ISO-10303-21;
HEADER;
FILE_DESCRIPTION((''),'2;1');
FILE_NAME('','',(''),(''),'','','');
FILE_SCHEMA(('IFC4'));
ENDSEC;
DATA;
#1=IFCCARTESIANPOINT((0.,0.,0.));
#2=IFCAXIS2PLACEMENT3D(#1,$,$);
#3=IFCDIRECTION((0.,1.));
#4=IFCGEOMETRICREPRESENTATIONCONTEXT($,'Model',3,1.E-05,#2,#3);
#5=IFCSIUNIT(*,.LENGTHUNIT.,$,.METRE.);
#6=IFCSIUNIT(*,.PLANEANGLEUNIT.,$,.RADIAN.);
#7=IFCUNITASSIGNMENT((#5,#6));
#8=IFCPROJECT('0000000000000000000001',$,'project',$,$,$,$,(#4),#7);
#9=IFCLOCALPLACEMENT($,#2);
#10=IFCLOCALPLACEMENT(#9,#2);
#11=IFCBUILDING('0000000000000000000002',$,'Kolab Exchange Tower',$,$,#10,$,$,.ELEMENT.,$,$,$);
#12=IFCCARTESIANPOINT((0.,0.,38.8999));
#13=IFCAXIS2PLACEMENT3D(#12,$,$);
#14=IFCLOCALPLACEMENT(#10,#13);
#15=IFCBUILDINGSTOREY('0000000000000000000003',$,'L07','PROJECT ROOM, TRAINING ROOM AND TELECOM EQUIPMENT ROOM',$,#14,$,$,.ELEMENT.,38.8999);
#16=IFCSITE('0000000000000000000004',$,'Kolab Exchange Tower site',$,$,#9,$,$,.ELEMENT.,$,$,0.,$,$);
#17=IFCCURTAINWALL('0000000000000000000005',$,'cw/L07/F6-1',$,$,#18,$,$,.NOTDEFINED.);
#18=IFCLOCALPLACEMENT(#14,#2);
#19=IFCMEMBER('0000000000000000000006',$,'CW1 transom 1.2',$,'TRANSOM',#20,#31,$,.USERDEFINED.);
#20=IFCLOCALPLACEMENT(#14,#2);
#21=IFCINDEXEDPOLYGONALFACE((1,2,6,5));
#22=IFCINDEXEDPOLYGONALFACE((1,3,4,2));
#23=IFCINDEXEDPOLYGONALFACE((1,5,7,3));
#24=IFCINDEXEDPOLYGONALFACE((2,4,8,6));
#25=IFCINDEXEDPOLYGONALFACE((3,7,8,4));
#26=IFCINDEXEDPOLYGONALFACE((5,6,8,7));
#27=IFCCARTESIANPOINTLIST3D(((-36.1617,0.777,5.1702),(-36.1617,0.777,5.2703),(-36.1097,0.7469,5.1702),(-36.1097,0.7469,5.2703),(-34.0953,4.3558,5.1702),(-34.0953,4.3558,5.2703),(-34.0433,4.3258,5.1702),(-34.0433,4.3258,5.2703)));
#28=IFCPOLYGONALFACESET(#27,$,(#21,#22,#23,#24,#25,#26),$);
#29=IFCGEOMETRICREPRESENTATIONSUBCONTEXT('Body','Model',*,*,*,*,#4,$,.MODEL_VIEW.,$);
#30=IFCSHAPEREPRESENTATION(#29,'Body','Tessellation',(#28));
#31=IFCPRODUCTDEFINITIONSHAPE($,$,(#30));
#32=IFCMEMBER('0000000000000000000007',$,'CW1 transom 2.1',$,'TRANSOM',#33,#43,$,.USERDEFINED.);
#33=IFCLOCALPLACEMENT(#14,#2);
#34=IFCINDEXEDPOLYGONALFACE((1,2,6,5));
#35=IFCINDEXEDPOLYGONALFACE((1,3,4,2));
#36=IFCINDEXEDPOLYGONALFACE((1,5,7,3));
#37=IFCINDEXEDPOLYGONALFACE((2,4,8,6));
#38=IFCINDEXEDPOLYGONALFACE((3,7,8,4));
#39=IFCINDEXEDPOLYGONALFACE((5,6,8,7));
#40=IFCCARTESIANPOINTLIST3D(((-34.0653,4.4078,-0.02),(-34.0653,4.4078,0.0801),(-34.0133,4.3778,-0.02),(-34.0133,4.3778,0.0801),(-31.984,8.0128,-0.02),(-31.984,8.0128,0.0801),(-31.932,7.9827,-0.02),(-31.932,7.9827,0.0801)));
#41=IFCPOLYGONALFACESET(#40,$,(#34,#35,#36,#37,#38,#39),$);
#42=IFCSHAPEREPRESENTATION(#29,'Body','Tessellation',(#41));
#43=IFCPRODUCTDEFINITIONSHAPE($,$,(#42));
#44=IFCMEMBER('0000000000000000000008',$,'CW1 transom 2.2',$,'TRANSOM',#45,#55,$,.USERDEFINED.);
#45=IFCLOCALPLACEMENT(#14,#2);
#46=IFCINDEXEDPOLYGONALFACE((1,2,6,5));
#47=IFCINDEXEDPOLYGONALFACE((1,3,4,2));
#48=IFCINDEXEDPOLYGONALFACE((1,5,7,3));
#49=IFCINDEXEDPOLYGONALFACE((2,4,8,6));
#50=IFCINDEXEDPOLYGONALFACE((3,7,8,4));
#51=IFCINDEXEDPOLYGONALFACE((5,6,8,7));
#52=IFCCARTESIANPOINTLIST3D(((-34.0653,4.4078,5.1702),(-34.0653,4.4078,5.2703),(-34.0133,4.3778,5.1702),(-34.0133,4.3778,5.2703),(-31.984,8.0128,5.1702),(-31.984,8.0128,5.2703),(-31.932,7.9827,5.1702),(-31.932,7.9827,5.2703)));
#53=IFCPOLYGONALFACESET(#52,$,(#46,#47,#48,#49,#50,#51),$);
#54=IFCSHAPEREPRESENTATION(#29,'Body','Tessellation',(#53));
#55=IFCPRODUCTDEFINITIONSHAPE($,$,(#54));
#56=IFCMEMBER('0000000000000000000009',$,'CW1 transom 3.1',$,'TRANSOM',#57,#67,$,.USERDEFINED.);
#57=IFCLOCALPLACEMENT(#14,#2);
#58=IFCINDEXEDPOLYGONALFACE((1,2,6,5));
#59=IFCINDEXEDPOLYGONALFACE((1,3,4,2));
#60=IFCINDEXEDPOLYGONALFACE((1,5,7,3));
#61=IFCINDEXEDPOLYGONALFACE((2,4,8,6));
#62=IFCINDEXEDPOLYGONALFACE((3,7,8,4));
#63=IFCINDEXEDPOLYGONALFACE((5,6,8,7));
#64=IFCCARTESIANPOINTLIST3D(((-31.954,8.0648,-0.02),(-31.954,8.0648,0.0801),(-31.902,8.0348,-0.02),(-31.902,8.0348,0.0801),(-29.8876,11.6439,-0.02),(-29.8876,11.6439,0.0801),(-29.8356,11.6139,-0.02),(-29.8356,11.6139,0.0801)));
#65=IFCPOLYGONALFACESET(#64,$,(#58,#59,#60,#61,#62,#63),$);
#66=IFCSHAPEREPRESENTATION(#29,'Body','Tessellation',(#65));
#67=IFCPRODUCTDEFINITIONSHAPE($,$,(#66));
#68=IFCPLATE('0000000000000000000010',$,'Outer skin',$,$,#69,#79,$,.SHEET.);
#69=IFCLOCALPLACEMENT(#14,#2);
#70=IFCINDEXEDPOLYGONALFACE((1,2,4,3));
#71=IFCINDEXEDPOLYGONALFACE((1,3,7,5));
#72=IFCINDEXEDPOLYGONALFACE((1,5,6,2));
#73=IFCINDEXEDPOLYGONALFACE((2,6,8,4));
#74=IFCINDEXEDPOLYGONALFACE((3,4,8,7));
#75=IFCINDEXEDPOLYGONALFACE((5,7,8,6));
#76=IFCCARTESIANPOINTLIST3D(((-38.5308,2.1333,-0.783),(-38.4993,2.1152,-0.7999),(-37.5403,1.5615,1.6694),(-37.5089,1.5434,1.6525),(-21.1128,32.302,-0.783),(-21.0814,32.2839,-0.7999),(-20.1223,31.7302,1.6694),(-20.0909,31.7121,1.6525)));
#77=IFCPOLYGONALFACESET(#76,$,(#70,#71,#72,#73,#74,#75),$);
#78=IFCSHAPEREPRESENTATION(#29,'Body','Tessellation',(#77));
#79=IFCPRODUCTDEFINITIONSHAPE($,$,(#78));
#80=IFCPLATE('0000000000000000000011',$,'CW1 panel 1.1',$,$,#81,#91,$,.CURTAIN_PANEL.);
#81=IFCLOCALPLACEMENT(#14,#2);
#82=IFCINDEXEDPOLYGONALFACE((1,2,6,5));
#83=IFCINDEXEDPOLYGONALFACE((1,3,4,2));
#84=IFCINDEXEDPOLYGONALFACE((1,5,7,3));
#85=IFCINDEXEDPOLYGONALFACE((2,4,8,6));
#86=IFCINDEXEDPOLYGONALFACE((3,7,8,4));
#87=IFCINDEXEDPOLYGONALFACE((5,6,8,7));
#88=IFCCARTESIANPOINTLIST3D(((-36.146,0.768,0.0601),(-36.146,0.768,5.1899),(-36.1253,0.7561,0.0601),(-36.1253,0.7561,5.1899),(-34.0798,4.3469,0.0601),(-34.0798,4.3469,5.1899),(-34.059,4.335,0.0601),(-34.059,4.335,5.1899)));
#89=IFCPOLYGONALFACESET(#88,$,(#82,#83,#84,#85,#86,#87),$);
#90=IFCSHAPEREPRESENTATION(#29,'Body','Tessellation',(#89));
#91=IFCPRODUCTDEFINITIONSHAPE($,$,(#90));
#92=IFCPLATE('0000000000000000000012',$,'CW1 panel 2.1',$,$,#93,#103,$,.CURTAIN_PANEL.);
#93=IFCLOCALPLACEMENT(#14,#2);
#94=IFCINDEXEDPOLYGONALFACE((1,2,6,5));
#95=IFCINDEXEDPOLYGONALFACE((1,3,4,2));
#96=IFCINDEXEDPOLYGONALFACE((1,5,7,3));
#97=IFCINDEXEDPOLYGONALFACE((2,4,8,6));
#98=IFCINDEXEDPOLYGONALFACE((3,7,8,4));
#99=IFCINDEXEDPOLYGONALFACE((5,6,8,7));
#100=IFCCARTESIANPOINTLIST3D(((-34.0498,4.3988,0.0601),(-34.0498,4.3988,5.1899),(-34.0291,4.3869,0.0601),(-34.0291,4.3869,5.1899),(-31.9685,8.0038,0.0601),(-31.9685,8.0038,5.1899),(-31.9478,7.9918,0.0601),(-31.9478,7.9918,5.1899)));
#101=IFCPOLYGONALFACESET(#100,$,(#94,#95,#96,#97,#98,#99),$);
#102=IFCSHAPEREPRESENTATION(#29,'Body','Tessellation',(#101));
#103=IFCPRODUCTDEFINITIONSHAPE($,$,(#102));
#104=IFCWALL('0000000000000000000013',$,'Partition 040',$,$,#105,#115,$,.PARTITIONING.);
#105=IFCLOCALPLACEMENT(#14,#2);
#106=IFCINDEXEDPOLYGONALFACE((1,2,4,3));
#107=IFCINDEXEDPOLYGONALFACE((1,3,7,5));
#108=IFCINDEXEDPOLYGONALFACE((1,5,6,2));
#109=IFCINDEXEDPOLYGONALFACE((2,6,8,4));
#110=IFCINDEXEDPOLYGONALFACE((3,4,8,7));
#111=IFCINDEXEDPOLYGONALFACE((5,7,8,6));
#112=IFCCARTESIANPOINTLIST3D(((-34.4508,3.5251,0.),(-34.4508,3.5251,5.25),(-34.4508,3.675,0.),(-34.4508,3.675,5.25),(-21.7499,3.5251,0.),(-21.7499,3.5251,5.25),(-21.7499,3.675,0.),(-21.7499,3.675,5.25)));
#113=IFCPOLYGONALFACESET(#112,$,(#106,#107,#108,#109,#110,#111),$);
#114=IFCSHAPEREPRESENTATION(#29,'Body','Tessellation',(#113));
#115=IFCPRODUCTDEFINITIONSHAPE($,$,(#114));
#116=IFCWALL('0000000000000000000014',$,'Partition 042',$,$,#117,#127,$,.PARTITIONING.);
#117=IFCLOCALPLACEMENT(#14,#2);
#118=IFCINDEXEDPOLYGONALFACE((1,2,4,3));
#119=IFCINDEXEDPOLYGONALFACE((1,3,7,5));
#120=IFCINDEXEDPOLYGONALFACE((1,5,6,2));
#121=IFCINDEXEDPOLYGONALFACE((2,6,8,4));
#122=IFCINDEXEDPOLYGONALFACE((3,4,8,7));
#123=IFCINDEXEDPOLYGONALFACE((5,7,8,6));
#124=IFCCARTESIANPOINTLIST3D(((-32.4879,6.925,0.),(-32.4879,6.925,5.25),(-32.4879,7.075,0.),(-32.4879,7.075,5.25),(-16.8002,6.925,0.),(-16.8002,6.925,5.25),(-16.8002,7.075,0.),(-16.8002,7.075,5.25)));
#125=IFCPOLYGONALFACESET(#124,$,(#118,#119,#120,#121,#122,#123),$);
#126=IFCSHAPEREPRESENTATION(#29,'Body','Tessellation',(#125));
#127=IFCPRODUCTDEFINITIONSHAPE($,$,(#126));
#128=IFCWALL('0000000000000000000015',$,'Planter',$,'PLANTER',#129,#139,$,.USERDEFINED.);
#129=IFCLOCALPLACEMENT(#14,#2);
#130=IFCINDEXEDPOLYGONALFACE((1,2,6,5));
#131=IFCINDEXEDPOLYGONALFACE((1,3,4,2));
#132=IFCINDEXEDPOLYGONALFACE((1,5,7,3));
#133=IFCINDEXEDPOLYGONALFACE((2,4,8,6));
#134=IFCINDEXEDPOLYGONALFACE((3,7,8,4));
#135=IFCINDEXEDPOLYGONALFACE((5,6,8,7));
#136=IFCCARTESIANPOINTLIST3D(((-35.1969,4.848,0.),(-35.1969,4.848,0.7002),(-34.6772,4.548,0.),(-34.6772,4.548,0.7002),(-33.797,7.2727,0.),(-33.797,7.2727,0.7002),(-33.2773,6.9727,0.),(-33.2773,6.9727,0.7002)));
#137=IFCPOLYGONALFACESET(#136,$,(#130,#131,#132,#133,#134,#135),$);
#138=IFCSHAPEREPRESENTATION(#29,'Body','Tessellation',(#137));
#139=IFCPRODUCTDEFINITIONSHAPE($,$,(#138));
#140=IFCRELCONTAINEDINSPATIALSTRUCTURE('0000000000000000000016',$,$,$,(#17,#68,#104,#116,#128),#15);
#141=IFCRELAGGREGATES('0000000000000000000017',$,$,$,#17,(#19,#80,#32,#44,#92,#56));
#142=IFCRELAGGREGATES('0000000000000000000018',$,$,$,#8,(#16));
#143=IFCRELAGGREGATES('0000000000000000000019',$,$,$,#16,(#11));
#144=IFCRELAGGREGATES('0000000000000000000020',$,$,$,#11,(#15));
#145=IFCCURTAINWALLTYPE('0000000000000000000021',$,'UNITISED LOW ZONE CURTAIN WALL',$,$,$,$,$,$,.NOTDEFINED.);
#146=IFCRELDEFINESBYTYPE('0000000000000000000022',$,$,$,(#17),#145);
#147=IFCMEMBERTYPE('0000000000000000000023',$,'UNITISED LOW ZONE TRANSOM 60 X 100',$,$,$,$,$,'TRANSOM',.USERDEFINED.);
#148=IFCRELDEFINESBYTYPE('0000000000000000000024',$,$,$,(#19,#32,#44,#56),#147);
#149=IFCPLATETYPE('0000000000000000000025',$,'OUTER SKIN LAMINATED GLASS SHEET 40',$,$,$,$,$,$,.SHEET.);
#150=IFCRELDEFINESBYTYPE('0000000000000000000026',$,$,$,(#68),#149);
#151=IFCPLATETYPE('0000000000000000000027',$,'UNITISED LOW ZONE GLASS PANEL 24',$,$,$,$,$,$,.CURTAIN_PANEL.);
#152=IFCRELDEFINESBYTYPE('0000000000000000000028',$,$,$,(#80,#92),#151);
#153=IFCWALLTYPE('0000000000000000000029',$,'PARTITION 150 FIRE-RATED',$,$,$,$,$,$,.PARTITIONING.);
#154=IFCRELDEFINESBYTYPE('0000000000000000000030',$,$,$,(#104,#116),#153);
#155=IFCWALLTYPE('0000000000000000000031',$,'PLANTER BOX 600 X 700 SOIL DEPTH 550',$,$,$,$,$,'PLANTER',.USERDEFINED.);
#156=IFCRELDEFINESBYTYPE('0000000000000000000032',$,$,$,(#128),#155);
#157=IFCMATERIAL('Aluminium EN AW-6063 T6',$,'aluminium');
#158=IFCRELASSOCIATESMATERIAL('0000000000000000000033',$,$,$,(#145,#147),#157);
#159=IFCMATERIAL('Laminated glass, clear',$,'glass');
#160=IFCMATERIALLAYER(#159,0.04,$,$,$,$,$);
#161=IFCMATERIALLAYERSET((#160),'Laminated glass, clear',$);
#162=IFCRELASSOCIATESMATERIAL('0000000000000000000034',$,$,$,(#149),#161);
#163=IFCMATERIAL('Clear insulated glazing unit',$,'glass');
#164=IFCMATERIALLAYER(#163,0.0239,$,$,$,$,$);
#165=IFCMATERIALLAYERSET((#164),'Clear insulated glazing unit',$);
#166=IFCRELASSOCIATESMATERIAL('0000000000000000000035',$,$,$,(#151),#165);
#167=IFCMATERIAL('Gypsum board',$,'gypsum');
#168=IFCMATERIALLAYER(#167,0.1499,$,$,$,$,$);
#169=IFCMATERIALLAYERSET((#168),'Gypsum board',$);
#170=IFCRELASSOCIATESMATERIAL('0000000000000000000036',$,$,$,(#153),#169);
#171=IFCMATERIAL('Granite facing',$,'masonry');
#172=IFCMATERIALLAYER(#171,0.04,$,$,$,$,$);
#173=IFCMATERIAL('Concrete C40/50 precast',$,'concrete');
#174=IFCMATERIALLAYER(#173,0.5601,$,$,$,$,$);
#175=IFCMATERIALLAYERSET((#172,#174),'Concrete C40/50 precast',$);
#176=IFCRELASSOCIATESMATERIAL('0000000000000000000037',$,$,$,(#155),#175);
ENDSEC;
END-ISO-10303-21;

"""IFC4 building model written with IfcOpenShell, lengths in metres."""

from ifc_helpers import new_model, si_unit, direction, frame, frame_2d, origin, origin_2d, place, context, subcontext, project, spatial, polyline, rectangle, outline, extrude, material, layer, layer_set, material_profile, profile_set, type_object, element, aggregate, save


model = new_model("IFC4")

# Units and contexts
model_context = context("Model", 3, precision=1e-05, world=origin(), true_north=direction((0.0, 1.0)))
body_context = subcontext(model_context, "Body", "Model", "MODEL_VIEW")
ifc_project = project(units=[si_unit("LENGTHUNIT", "METRE"), si_unit("PLANEANGLEUNIT", "RADIAN")], contexts=[model_context])

# Site, building, storey
site_placement = place(None, origin())
site = spatial("IfcSite", under=ifc_project, at=site_placement, Name="Kolab Exchange Tower site", CompositionType="ELEMENT", RefElevation=0.0)
building_placement = place(site_placement, origin())
building = spatial("IfcBuilding", under=site, at=building_placement, Name="Kolab Exchange Tower", CompositionType="ELEMENT")
storey_placement = place(building_placement, frame((0.0, 0.0, 38.8999)))
storey = spatial("IfcBuildingStorey", under=building, at=storey_placement, Name="L07", Description="PROJECT ROOM, TRAINING ROOM AND TELECOM EQUIPMENT ROOM", CompositionType="ELEMENT", Elevation=38.8999)

# Curtain wall
ifc_material_1 = material(Name="Aluminium EN AW-6063 T6", Category="aluminium")
curtain_wall_type = type_object("IfcCurtainWallType", Name="UNITISED LOW ZONE CURTAIN WALL", PredefinedType="NOTDEFINED", material=ifc_material_1)
curtain_wall_1_placement = place(storey_placement, origin())
curtain_wall_1 = element("IfcCurtainWall", 1, at=curtain_wall_1_placement, inside=storey, type_object=curtain_wall_type, Name="cw/L07/F6-1", PredefinedType="NOTDEFINED")

# Members
ifc_material_profile_1 = material_profile(ifc_material_1, rectangle(XDim=0.0601, YDim=0.1001, at=origin_2d()), Name="RECT 60X100")
ifc_profile_set_1 = profile_set([ifc_material_profile_1], Name="Aluminium EN AW-6063 T6")
member_type_1 = type_object("IfcMemberType", Name="UNITISED LOW ZONE TRANSOM 60 X 100", ElementType="TRANSOM", PredefinedType="USERDEFINED", material=ifc_profile_set_1)
member_1_placement = place(storey_placement, frame((-36.1357, 0.762, 5.2202), z_axis=(0.500028, 0.866009, 0.0), x_axis=(-0.866009, 0.500028, 0.0)))
member_1 = element("IfcMember", 2, at=member_1_placement, type_object=member_type_1, Name="CW1 transom 1.2", ObjectType="TRANSOM", PredefinedType="USERDEFINED", context=body_context, shape_type="SweptSolid", body=[
    extrude(rectangle(XDim=0.0601, YDim=0.1001, at=origin_2d()), origin(), (0.0, 0.0, 1.0), 4.1326),
])
member_2_placement = place(storey_placement, frame((-34.0393, 4.3928, 0.03), z_axis=(0.499993, 0.866029, 0.0), x_axis=(-0.866029, 0.499993, 0.0)))
member_2 = element("IfcMember", 3, at=member_2_placement, type_object=member_type_1, Name="CW1 transom 2.1", ObjectType="TRANSOM", PredefinedType="USERDEFINED", context=body_context, shape_type="SweptSolid", body=[
    extrude(rectangle(XDim=0.0601, YDim=0.1001, at=origin_2d()), origin(), (0.0, 0.0, 1.0), 4.1626),
])
member_3_placement = place(storey_placement, frame((-34.0393, 4.3928, 5.2202), z_axis=(0.499993, 0.866029, 0.0), x_axis=(-0.866029, 0.499993, 0.0)))
member_3 = element("IfcMember", 4, at=member_3_placement, type_object=member_type_1, Name="CW1 transom 2.2", ObjectType="TRANSOM", PredefinedType="USERDEFINED", context=body_context, shape_type="SweptSolid", body=[
    extrude(rectangle(XDim=0.0601, YDim=0.1001, at=origin_2d()), origin(), (0.0, 0.0, 1.0), 4.1626),
])
member_4_placement = place(storey_placement, frame((-31.928, 8.0498, 0.03), z_axis=(0.500002, 0.866024, 0.0), x_axis=(-0.866024, 0.500002, 0.0)))
member_4 = element("IfcMember", 5, at=member_4_placement, type_object=member_type_1, Name="CW1 transom 3.1", ObjectType="TRANSOM", PredefinedType="USERDEFINED", context=body_context, shape_type="SweptSolid", body=[
    extrude(rectangle(XDim=0.0601, YDim=0.1001, at=origin_2d()), origin(), (0.0, 0.0, 1.0), 4.1328),
])

# Plates
ifc_material_2 = material(Name="Laminated glass, clear", Category="glass")
ifc_layer_1 = layer(ifc_material_2, 0.04)
ifc_layer_set_1 = layer_set([ifc_layer_1], Name="Laminated glass, clear")
plate_type_1 = type_object("IfcPlateType", Name="OUTER SKIN LAMINATED GLASS SHEET 40", PredefinedType="SHEET", material=ifc_layer_set_1)
plate_1_placement = place(storey_placement, frame((-38.5308, 2.1333, -0.783), z_axis=(-0.784873, 0.453148, 0.422648), x_axis=(0.500001, 0.866025, 0.0)))
element("IfcPlate", 6, at=plate_1_placement, inside=storey, type_object=plate_type_1, Name="Outer skin", PredefinedType="SHEET", context=body_context, shape_type="SweptSolid", body=[
    extrude(outline(polyline([(0.0, 0.0), (34.8358, 0.0), (34.8359, -2.706), (0.0001, -2.706), (0.0, 0.0)])), origin(), (0.0, 0.0, -1.0), 0.04),
])
ifc_material_3 = material(Name="Clear insulated glazing unit", Category="glass")
ifc_layer_2 = layer(ifc_material_3, 0.0239)
ifc_layer_set_2 = layer_set([ifc_layer_2], Name="Clear insulated glazing unit")
plate_type_2 = type_object("IfcPlateType", Name="UNITISED LOW ZONE GLASS PANEL 24", PredefinedType="CURTAIN_PANEL", material=ifc_layer_set_2)
plate_2_placement = place(storey_placement, frame((-35.1025, 2.5515, 0.0601), z_axis=(0.0, 0.0, 1.0), x_axis=(0.5, 0.866025, 0.0)))
plate_2 = element("IfcPlate", 7, at=plate_2_placement, type_object=plate_type_2, Name="CW1 panel 1.1", PredefinedType="CURTAIN_PANEL", context=body_context, shape_type="SweptSolid", body=[
    extrude(rectangle(XDim=4.1326, YDim=0.0239, at=origin_2d()), origin(), (0.0, 0.0, 1.0), 5.1299),
])
plate_3_placement = place(storey_placement, frame((-32.9988, 6.1953, 0.0601), z_axis=(0.0, 0.0, 1.0), x_axis=(0.5, 0.866025, 0.0)))
plate_3 = element("IfcPlate", 8, at=plate_3_placement, type_object=plate_type_2, Name="CW1 panel 2.1", PredefinedType="CURTAIN_PANEL", context=body_context, shape_type="SweptSolid", body=[
    extrude(rectangle(XDim=4.1626, YDim=0.0239, at=origin_2d()), origin(), (0.0, 0.0, 1.0), 5.1299),
])
aggregate(curtain_wall_1, [member_1, plate_2, member_2, member_3, plate_3, member_4])

# Walls
ifc_material_4 = material(Name="Gypsum board", Category="gypsum")
ifc_layer_3 = layer(ifc_material_4, 0.1499)
ifc_layer_set_3 = layer_set([ifc_layer_3], Name="Gypsum board")
wall_type_1 = type_object("IfcWallType", Name="PARTITION 150 FIRE-RATED", PredefinedType="PARTITIONING", material=ifc_layer_set_3)
wall_1_placement = place(storey_placement, frame((-34.4509, 3.6001, 0.0), z_axis=(0.0, 0.0, 1.0), x_axis=(1.0, 0.0, 0.0)))
element("IfcWall", 9, at=wall_1_placement, inside=storey, type_object=wall_type_1, Name="Partition 040", PredefinedType="PARTITIONING", context=body_context, shape_type="SweptSolid", body=[
    extrude(rectangle(XDim=12.7009, YDim=0.1499, at=frame_2d((6.3506, 0.0))), origin(), (0.0, 0.0, 1.0), 5.25),
])
wall_2_placement = place(storey_placement, frame((-32.4878, 7.0, 0.0), z_axis=(0.0, 0.0, 1.0), x_axis=(1.0, 0.0, 0.0)))
element("IfcWall", 10, at=wall_2_placement, inside=storey, type_object=wall_type_1, Name="Partition 042", PredefinedType="PARTITIONING", context=body_context, shape_type="SweptSolid", body=[
    extrude(rectangle(XDim=15.6877, YDim=0.1499, at=frame_2d((7.8438, 0.0))), origin(), (0.0, 0.0, 1.0), 5.25),
])
ifc_material_5 = material(Name="Granite facing", Category="masonry")
ifc_layer_4 = layer(ifc_material_5, 0.04)
ifc_material_6 = material(Name="Concrete C40/50 precast", Category="concrete")
ifc_layer_5 = layer(ifc_material_6, 0.5601)
ifc_layer_set_4 = layer_set([ifc_layer_4, ifc_layer_5], Name="Concrete C40/50 precast")
wall_type_2 = type_object("IfcWallType", Name="PLANTER BOX 600 X 700 SOIL DEPTH 550", ElementType="PLANTER", PredefinedType="USERDEFINED", material=ifc_layer_set_4)
wall_3_placement = place(storey_placement, frame((-34.937, 4.698, 0.0), z_axis=(0.0, 0.0, 1.0), x_axis=(0.499984, 0.866035, 0.0)))
element("IfcWall", 11, at=wall_3_placement, inside=storey, type_object=wall_type_2, Name="Planter", ObjectType="PLANTER", PredefinedType="USERDEFINED", context=body_context, shape_type="SweptSolid", body=[
    extrude(rectangle(XDim=2.7998, YDim=0.6001, at=frame_2d((1.3999, 0.0))), origin(), (0.0, 0.0, 1.0), 0.7002),
])

save(model, "model.ifc")
